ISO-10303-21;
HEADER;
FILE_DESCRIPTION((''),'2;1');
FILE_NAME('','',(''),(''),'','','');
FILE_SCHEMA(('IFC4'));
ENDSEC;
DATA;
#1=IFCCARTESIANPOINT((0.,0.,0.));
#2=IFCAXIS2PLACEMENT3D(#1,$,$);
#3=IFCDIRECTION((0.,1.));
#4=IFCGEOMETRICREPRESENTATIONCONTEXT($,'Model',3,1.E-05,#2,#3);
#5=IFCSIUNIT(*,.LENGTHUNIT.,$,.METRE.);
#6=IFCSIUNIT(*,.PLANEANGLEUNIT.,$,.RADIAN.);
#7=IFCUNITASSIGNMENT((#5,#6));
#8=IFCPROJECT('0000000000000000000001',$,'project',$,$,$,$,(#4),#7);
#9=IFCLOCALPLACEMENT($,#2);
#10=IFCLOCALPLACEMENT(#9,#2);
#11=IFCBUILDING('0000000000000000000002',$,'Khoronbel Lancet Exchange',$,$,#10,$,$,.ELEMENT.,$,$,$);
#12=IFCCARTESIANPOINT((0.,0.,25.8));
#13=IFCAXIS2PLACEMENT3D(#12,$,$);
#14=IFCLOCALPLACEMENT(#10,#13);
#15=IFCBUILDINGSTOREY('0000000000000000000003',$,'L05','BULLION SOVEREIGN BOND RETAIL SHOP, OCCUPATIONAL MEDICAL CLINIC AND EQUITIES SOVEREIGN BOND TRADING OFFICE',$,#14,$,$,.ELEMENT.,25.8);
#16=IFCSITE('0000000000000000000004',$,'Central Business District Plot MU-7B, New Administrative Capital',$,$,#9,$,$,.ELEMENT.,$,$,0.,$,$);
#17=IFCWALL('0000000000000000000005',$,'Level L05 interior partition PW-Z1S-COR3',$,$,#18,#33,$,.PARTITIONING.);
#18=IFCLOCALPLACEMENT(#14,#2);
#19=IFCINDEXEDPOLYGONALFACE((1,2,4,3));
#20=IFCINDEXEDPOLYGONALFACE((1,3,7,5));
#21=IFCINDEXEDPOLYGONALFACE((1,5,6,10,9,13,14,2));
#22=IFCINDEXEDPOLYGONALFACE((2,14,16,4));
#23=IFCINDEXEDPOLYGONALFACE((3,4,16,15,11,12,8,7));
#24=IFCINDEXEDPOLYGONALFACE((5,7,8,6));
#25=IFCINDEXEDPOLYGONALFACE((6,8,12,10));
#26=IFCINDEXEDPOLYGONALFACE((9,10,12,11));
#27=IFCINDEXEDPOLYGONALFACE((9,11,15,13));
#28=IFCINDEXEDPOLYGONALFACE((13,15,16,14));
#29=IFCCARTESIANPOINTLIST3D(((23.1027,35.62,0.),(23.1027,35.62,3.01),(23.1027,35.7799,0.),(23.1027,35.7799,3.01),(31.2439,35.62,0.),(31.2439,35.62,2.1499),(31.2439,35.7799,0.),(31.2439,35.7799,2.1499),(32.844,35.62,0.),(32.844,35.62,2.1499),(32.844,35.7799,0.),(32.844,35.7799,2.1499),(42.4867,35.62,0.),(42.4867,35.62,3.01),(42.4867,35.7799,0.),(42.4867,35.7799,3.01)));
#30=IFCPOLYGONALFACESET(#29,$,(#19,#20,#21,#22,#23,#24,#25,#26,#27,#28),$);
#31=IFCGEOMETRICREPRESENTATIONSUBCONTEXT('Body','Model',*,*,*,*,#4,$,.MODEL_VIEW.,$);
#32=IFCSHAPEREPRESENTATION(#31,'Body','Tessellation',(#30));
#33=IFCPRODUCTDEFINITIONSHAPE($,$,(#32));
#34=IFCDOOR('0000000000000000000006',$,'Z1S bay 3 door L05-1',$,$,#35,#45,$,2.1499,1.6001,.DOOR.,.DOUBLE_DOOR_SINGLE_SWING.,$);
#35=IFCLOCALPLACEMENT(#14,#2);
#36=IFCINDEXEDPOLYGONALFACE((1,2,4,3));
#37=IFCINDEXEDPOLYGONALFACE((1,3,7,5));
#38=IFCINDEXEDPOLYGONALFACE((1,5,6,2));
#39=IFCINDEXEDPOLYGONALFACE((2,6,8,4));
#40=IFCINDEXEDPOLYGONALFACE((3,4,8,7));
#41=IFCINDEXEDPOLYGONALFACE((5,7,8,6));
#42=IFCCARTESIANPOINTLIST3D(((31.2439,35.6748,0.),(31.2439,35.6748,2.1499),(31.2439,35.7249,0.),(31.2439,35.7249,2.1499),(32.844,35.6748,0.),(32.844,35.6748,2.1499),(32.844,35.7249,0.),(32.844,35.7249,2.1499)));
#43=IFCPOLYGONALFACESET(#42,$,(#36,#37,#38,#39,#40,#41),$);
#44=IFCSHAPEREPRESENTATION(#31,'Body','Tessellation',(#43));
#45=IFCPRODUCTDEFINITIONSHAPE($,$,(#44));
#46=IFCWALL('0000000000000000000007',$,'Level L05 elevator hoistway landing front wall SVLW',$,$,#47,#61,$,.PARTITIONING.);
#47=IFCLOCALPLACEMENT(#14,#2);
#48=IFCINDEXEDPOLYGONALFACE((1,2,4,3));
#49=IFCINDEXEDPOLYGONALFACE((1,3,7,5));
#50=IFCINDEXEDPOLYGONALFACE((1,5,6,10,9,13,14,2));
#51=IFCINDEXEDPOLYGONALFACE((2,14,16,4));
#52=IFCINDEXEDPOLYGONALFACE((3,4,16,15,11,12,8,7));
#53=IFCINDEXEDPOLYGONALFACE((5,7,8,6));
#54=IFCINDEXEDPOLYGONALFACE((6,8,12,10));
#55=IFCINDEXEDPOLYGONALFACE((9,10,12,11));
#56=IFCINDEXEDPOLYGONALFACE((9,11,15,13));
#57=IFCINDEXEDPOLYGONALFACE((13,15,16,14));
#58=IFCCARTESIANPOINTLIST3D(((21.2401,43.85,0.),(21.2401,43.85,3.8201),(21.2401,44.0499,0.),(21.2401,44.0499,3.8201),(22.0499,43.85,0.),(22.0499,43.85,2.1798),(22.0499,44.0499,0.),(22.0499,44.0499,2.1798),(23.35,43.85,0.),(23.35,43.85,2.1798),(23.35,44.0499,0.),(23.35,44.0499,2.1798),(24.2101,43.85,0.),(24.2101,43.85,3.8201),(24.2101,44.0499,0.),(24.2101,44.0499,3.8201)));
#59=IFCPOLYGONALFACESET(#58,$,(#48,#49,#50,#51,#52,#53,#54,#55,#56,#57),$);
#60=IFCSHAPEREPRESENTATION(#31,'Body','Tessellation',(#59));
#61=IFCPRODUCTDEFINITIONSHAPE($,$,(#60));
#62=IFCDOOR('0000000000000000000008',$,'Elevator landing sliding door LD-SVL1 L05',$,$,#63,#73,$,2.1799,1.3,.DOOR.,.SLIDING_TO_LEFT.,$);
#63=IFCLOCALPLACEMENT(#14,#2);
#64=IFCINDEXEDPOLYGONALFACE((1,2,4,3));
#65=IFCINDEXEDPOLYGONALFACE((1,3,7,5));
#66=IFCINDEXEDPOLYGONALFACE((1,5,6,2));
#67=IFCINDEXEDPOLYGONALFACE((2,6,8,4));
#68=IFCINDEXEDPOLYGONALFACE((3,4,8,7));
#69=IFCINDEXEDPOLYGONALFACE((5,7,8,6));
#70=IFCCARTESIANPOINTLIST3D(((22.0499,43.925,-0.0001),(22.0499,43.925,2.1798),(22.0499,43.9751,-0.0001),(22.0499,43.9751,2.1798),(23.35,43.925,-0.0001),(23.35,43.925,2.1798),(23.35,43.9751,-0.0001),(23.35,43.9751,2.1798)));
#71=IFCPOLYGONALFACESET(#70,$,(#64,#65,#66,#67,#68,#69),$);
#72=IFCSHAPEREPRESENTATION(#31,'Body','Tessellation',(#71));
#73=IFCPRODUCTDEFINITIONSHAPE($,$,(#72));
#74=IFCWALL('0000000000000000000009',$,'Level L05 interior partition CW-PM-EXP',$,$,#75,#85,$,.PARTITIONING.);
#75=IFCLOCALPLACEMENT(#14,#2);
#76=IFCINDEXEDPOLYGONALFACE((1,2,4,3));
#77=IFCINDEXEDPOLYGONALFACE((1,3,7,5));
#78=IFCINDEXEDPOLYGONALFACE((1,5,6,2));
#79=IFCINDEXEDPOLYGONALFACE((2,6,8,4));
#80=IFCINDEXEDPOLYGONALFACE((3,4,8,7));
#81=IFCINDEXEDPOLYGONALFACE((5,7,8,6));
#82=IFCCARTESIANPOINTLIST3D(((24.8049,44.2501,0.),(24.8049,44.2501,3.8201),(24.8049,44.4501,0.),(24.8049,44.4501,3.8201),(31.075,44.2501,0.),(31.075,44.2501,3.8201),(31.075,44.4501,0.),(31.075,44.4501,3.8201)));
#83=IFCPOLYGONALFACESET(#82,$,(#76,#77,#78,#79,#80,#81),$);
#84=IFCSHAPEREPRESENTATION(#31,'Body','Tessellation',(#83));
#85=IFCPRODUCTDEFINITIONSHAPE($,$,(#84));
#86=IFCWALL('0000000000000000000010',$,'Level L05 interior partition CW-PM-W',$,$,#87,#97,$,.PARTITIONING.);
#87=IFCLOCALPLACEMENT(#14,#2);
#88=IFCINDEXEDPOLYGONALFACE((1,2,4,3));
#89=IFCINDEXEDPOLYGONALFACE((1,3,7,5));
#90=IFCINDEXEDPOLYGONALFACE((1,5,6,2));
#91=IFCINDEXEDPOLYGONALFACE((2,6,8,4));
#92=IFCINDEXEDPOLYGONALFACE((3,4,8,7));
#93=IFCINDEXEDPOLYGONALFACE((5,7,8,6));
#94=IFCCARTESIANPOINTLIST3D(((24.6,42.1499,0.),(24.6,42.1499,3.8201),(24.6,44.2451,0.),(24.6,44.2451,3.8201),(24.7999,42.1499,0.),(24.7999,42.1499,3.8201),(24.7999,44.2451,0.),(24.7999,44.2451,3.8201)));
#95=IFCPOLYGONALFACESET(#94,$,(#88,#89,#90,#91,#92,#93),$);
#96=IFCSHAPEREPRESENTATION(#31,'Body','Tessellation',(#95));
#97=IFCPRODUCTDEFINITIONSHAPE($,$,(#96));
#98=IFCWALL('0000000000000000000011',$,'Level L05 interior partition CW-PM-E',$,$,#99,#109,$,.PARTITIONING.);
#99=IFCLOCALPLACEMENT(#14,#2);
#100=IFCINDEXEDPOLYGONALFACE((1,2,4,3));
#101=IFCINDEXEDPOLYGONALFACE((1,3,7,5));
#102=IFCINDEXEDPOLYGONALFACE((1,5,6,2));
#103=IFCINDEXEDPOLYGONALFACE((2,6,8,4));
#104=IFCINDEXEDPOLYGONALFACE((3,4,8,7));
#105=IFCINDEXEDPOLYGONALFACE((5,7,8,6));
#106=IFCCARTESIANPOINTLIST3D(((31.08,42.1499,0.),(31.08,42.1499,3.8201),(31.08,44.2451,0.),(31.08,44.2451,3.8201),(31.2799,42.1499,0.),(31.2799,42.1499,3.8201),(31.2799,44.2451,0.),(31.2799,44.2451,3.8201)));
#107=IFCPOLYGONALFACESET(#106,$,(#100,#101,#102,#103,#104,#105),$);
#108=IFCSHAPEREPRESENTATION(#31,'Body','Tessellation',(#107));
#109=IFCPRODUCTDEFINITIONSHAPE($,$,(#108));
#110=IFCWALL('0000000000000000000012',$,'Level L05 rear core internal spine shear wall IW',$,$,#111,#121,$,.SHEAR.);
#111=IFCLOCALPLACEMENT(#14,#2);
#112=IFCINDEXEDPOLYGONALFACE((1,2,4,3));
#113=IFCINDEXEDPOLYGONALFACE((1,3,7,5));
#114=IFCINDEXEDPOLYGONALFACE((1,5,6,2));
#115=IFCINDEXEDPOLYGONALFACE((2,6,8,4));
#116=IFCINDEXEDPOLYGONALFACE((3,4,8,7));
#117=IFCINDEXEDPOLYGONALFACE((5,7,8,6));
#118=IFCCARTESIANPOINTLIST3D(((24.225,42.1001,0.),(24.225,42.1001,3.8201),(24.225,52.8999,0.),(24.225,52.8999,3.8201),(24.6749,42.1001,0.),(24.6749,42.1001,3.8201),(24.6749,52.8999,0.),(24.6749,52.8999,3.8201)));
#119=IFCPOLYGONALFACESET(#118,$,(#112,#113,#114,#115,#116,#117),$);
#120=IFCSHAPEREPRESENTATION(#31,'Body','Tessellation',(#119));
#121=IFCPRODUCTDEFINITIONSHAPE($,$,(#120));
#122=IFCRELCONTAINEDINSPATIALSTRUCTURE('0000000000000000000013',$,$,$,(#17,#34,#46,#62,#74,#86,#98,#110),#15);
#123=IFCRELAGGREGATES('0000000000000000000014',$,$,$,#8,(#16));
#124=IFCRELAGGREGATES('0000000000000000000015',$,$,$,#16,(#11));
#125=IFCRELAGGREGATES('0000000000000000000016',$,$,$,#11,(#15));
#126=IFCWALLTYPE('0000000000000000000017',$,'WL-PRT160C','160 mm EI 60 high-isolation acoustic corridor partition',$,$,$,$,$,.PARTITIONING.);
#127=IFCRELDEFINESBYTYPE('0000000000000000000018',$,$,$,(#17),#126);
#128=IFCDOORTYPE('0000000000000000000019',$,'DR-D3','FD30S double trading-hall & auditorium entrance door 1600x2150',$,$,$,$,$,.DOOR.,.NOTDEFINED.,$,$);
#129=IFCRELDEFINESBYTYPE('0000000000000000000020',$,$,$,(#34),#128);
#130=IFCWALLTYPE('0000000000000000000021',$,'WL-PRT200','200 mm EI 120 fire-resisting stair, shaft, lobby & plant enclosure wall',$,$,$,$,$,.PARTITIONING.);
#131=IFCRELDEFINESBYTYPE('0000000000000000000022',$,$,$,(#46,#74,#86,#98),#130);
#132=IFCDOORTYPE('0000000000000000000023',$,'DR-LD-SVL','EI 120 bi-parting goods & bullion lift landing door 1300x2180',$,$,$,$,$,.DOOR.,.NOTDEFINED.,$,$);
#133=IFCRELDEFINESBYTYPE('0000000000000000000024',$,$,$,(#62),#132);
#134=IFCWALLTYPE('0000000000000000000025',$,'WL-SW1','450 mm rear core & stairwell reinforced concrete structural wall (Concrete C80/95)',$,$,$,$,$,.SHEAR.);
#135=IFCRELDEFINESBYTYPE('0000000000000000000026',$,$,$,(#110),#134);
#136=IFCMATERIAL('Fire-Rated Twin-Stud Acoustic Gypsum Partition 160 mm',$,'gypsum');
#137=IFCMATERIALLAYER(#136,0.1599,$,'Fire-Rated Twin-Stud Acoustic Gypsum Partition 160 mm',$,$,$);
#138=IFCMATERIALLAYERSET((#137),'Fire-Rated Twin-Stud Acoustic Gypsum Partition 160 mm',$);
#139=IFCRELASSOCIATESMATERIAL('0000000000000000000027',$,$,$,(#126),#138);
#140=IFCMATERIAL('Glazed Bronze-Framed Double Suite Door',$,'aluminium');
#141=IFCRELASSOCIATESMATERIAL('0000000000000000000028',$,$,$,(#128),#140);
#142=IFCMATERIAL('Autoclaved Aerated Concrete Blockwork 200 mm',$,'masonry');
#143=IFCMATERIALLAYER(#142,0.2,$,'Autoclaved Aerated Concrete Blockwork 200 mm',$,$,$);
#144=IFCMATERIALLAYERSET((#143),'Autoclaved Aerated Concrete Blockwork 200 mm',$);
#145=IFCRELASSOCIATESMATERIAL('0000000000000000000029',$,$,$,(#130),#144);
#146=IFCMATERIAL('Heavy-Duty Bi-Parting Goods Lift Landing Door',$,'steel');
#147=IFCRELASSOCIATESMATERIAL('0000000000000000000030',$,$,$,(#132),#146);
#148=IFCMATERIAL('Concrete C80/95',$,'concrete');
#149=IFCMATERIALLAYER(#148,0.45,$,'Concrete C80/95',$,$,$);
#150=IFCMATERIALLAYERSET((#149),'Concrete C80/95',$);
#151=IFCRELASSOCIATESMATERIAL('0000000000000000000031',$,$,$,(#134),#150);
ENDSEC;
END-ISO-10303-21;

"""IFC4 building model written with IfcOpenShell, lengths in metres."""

from ifc_helpers import new_model, si_unit, direction, frame, frame_2d, origin, place, context, subcontext, project, spatial, rectangle, extrude, material, layer, layer_set, type_object, element, fill, save


model = new_model("IFC4")

# Units and contexts
model_context = context("Model", 3, precision=1e-05, world=origin(), true_north=direction((0.0, 1.0)))
body_context = subcontext(model_context, "Body", "Model", "MODEL_VIEW")
ifc_project = project(units=[si_unit("LENGTHUNIT", "METRE"), si_unit("PLANEANGLEUNIT", "RADIAN")], contexts=[model_context])

# Site, building, storey
site_placement = place(None, origin())
site = spatial("IfcSite", under=ifc_project, at=site_placement, Name="Central Business District Plot MU-7B, New Administrative Capital", CompositionType="ELEMENT", RefElevation=0.0)
building_placement = place(site_placement, origin())
building = spatial("IfcBuilding", under=site, at=building_placement, Name="Khoronbel Lancet Exchange", CompositionType="ELEMENT")
storey_placement = place(building_placement, frame((0.0, 0.0, 25.8)))
storey = spatial("IfcBuildingStorey", under=building, at=storey_placement, Name="L05", Description="BULLION SOVEREIGN BOND RETAIL SHOP, OCCUPATIONAL MEDICAL CLINIC AND EQUITIES SOVEREIGN BOND TRADING OFFICE", CompositionType="ELEMENT", Elevation=25.8)

# Shared definitions
ifc_material_1 = material(Name="Concrete C80/95", Category="concrete")

# Walls, openings, doors
ifc_material_2 = material(Name="Fire-Rated Twin-Stud Acoustic Gypsum Partition 160 mm", Category="gypsum")
ifc_layer_1 = layer(ifc_material_2, 0.1599, Name="Fire-Rated Twin-Stud Acoustic Gypsum Partition 160 mm")
ifc_layer_set_1 = layer_set([ifc_layer_1], Name="Fire-Rated Twin-Stud Acoustic Gypsum Partition 160 mm")
wall_type_1 = type_object("IfcWallType", Name="WL-PRT160C", Description="160 mm EI 60 high-isolation acoustic corridor partition", PredefinedType="PARTITIONING", material=ifc_layer_set_1)
wall_1_placement = place(storey_placement, frame((23.1028, 35.7, 0.0), z_axis=(0.0, 0.0, 1.0), x_axis=(1.0, 0.0, 0.0)))
wall_1 = element("IfcWall", 1, at=wall_1_placement, inside=storey, type_object=wall_type_1, Name="Level L05 interior partition PW-Z1S-COR3", PredefinedType="PARTITIONING", context=body_context, shape_type="SweptSolid", body=[
    extrude(rectangle(XDim=19.384, YDim=0.1599, at=frame_2d((9.6919, 0.0))), origin(), (0.0, 0.0, 1.0), 3.01),
])
opening_1_placement = place(wall_1_placement, frame((8.1411, 0.0, 0.0)))
opening_1 = element("IfcOpeningElement", 2, at=opening_1_placement, cuts=wall_1, PredefinedType="OPENING", context=body_context, shape_type="SweptSolid", body=[
    extrude(rectangle(XDim=1.6001, YDim=2.1499, at=frame_2d((0.8, 1.075))), frame((0.0, 0.0898, 0.0), z_axis=(0.0, -1.0, 0.0), x_axis=(1.0, 0.0, 0.0)), (0.0, 0.0, 1.0), 0.1799),
])
ifc_material_3 = material(Name="Glazed Bronze-Framed Double Suite Door", Category="aluminium")
door_type_1 = type_object("IfcDoorType", Name="DR-D3", Description="FD30S double trading-hall & auditorium entrance door 1600x2150", OperationType="NOTDEFINED", PredefinedType="DOOR", material=ifc_material_3)
door_1_placement = place(opening_1_placement, origin())
door_1 = element("IfcDoor", 3, at=door_1_placement, inside=storey, type_object=door_type_1, Name="Z1S bay 3 door L05-1", OperationType="DOUBLE_DOOR_SINGLE_SWING", OverallHeight=2.1499, OverallWidth=1.6001, PredefinedType="DOOR", context=body_context, shape_type="SweptSolid", body=[
    extrude(rectangle(XDim=1.6001, YDim=2.1499, at=frame_2d((0.8, 1.075))), frame((0.0, 0.0249, 0.0), z_axis=(0.0, -1.0, 0.0), x_axis=(1.0, 0.0, 0.0)), (0.0, 0.0, 1.0), 0.05),
])
fill(opening_1, door_1)
ifc_material_4 = material(Name="Autoclaved Aerated Concrete Blockwork 200 mm", Category="masonry")
ifc_layer_2 = layer(ifc_material_4, 0.2, Name="Autoclaved Aerated Concrete Blockwork 200 mm")
ifc_layer_set_2 = layer_set([ifc_layer_2], Name="Autoclaved Aerated Concrete Blockwork 200 mm")
wall_type_2 = type_object("IfcWallType", Name="WL-PRT200", Description="200 mm EI 120 fire-resisting stair, shaft, lobby & plant enclosure wall", PredefinedType="PARTITIONING", material=ifc_layer_set_2)
wall_2_placement = place(storey_placement, frame((24.21, 43.95, 0.0), z_axis=(0.0, 0.0, 1.0), x_axis=(-1.0, 0.0, 0.0)))
wall_2 = element("IfcWall", 4, at=wall_2_placement, inside=storey, type_object=wall_type_2, Name="Level L05 elevator hoistway landing front wall SVLW", PredefinedType="PARTITIONING", context=body_context, shape_type="SweptSolid", body=[
    extrude(rectangle(XDim=2.97, YDim=0.2, at=frame_2d((1.4849, 0.0))), origin(), (0.0, 0.0, 1.0), 3.8201),
])
opening_2_placement = place(wall_2_placement, frame((0.8601, 0.0, 0.0)))
opening_2 = element("IfcOpeningElement", 5, at=opening_2_placement, cuts=wall_2, PredefinedType="OPENING", context=body_context, shape_type="SweptSolid", body=[
    extrude(rectangle(XDim=1.3, YDim=2.1799, at=frame_2d((0.6499, 1.0898))), frame((0.0, 0.1099, 0.0), z_axis=(0.0, -1.0, 0.0), x_axis=(1.0, 0.0, 0.0)), (0.0, 0.0, 1.0), 0.22),
])
ifc_material_5 = material(Name="Heavy-Duty Bi-Parting Goods Lift Landing Door", Category="steel")
door_type_2 = type_object("IfcDoorType", Name="DR-LD-SVL", Description="EI 120 bi-parting goods & bullion lift landing door 1300x2180", OperationType="NOTDEFINED", PredefinedType="DOOR", material=ifc_material_5)
door_2_placement = place(opening_2_placement, origin())
door_2 = element("IfcDoor", 6, at=door_2_placement, inside=storey, type_object=door_type_2, Name="Elevator landing sliding door LD-SVL1 L05", OperationType="SLIDING_TO_LEFT", OverallHeight=2.1799, OverallWidth=1.3, PredefinedType="DOOR", context=body_context, shape_type="SweptSolid", body=[
    extrude(rectangle(XDim=1.3, YDim=2.1799, at=frame_2d((0.6499, 1.0898))), frame((0.0, 0.0249, 0.0), z_axis=(0.0, -1.0, 0.0), x_axis=(1.0, 0.0, 0.0)), (0.0, 0.0, 1.0), 0.05),
])
fill(opening_2, door_2)

# Walls
wall_3_placement = place(storey_placement, frame((24.8049, 44.3501, 0.0), z_axis=(0.0, 0.0, 1.0), x_axis=(1.0, 0.0, 0.0)))
element("IfcWall", 7, at=wall_3_placement, inside=storey, type_object=wall_type_2, Name="Level L05 interior partition CW-PM-EXP", PredefinedType="PARTITIONING", context=body_context, shape_type="SweptSolid", body=[
    extrude(rectangle(XDim=6.27, YDim=0.2, at=frame_2d((3.135, 0.0))), origin(), (0.0, 0.0, 1.0), 3.8201),
])
for number, where, z_axis, x_axis, name in (
    (8, (24.7, 42.1499, 0.0), (0.0, 0.0, 1.0), (0.0, 1.0, 0.0), "Level L05 interior partition CW-PM-W"),
    (9, (31.1799, 42.1499, 0.0), (0.0, 0.0, 1.0), (0.0, 1.0, 0.0), "Level L05 interior partition CW-PM-E"),
):
    element("IfcWall", number, at=place(storey_placement, frame(where, z_axis=z_axis, x_axis=x_axis)), inside=storey, type_object=wall_type_2, Name=name, PredefinedType="PARTITIONING", context=body_context, shape_type="SweptSolid", body=[
        extrude(rectangle(XDim=2.0952, YDim=0.2, at=frame_2d((1.0476, 0.0))), origin(), (0.0, 0.0, 1.0), 3.8201),
    ])
ifc_layer_3 = layer(ifc_material_1, 0.45, Name="Concrete C80/95")
ifc_layer_set_3 = layer_set([ifc_layer_3], Name="Concrete C80/95")
wall_type_3 = type_object("IfcWallType", Name="WL-SW1", Description="450 mm rear core & stairwell reinforced concrete structural wall (Concrete C80/95)", PredefinedType="SHEAR", material=ifc_layer_set_3)
wall_4_placement = place(storey_placement, frame((24.45, 42.1001, 0.0), z_axis=(0.0, 0.0, 1.0), x_axis=(0.0, 1.0, 0.0)))
element("IfcWall", 10, at=wall_4_placement, inside=storey, type_object=wall_type_3, Name="Level L05 rear core internal spine shear wall IW", PredefinedType="SHEAR", context=body_context, shape_type="SweptSolid", body=[
    extrude(rectangle(XDim=10.7998, YDim=0.45, at=frame_2d((5.3999, 0.0))), origin(), (0.0, 0.0, 1.0), 3.8201),
])

save(model, "model.ifc")
